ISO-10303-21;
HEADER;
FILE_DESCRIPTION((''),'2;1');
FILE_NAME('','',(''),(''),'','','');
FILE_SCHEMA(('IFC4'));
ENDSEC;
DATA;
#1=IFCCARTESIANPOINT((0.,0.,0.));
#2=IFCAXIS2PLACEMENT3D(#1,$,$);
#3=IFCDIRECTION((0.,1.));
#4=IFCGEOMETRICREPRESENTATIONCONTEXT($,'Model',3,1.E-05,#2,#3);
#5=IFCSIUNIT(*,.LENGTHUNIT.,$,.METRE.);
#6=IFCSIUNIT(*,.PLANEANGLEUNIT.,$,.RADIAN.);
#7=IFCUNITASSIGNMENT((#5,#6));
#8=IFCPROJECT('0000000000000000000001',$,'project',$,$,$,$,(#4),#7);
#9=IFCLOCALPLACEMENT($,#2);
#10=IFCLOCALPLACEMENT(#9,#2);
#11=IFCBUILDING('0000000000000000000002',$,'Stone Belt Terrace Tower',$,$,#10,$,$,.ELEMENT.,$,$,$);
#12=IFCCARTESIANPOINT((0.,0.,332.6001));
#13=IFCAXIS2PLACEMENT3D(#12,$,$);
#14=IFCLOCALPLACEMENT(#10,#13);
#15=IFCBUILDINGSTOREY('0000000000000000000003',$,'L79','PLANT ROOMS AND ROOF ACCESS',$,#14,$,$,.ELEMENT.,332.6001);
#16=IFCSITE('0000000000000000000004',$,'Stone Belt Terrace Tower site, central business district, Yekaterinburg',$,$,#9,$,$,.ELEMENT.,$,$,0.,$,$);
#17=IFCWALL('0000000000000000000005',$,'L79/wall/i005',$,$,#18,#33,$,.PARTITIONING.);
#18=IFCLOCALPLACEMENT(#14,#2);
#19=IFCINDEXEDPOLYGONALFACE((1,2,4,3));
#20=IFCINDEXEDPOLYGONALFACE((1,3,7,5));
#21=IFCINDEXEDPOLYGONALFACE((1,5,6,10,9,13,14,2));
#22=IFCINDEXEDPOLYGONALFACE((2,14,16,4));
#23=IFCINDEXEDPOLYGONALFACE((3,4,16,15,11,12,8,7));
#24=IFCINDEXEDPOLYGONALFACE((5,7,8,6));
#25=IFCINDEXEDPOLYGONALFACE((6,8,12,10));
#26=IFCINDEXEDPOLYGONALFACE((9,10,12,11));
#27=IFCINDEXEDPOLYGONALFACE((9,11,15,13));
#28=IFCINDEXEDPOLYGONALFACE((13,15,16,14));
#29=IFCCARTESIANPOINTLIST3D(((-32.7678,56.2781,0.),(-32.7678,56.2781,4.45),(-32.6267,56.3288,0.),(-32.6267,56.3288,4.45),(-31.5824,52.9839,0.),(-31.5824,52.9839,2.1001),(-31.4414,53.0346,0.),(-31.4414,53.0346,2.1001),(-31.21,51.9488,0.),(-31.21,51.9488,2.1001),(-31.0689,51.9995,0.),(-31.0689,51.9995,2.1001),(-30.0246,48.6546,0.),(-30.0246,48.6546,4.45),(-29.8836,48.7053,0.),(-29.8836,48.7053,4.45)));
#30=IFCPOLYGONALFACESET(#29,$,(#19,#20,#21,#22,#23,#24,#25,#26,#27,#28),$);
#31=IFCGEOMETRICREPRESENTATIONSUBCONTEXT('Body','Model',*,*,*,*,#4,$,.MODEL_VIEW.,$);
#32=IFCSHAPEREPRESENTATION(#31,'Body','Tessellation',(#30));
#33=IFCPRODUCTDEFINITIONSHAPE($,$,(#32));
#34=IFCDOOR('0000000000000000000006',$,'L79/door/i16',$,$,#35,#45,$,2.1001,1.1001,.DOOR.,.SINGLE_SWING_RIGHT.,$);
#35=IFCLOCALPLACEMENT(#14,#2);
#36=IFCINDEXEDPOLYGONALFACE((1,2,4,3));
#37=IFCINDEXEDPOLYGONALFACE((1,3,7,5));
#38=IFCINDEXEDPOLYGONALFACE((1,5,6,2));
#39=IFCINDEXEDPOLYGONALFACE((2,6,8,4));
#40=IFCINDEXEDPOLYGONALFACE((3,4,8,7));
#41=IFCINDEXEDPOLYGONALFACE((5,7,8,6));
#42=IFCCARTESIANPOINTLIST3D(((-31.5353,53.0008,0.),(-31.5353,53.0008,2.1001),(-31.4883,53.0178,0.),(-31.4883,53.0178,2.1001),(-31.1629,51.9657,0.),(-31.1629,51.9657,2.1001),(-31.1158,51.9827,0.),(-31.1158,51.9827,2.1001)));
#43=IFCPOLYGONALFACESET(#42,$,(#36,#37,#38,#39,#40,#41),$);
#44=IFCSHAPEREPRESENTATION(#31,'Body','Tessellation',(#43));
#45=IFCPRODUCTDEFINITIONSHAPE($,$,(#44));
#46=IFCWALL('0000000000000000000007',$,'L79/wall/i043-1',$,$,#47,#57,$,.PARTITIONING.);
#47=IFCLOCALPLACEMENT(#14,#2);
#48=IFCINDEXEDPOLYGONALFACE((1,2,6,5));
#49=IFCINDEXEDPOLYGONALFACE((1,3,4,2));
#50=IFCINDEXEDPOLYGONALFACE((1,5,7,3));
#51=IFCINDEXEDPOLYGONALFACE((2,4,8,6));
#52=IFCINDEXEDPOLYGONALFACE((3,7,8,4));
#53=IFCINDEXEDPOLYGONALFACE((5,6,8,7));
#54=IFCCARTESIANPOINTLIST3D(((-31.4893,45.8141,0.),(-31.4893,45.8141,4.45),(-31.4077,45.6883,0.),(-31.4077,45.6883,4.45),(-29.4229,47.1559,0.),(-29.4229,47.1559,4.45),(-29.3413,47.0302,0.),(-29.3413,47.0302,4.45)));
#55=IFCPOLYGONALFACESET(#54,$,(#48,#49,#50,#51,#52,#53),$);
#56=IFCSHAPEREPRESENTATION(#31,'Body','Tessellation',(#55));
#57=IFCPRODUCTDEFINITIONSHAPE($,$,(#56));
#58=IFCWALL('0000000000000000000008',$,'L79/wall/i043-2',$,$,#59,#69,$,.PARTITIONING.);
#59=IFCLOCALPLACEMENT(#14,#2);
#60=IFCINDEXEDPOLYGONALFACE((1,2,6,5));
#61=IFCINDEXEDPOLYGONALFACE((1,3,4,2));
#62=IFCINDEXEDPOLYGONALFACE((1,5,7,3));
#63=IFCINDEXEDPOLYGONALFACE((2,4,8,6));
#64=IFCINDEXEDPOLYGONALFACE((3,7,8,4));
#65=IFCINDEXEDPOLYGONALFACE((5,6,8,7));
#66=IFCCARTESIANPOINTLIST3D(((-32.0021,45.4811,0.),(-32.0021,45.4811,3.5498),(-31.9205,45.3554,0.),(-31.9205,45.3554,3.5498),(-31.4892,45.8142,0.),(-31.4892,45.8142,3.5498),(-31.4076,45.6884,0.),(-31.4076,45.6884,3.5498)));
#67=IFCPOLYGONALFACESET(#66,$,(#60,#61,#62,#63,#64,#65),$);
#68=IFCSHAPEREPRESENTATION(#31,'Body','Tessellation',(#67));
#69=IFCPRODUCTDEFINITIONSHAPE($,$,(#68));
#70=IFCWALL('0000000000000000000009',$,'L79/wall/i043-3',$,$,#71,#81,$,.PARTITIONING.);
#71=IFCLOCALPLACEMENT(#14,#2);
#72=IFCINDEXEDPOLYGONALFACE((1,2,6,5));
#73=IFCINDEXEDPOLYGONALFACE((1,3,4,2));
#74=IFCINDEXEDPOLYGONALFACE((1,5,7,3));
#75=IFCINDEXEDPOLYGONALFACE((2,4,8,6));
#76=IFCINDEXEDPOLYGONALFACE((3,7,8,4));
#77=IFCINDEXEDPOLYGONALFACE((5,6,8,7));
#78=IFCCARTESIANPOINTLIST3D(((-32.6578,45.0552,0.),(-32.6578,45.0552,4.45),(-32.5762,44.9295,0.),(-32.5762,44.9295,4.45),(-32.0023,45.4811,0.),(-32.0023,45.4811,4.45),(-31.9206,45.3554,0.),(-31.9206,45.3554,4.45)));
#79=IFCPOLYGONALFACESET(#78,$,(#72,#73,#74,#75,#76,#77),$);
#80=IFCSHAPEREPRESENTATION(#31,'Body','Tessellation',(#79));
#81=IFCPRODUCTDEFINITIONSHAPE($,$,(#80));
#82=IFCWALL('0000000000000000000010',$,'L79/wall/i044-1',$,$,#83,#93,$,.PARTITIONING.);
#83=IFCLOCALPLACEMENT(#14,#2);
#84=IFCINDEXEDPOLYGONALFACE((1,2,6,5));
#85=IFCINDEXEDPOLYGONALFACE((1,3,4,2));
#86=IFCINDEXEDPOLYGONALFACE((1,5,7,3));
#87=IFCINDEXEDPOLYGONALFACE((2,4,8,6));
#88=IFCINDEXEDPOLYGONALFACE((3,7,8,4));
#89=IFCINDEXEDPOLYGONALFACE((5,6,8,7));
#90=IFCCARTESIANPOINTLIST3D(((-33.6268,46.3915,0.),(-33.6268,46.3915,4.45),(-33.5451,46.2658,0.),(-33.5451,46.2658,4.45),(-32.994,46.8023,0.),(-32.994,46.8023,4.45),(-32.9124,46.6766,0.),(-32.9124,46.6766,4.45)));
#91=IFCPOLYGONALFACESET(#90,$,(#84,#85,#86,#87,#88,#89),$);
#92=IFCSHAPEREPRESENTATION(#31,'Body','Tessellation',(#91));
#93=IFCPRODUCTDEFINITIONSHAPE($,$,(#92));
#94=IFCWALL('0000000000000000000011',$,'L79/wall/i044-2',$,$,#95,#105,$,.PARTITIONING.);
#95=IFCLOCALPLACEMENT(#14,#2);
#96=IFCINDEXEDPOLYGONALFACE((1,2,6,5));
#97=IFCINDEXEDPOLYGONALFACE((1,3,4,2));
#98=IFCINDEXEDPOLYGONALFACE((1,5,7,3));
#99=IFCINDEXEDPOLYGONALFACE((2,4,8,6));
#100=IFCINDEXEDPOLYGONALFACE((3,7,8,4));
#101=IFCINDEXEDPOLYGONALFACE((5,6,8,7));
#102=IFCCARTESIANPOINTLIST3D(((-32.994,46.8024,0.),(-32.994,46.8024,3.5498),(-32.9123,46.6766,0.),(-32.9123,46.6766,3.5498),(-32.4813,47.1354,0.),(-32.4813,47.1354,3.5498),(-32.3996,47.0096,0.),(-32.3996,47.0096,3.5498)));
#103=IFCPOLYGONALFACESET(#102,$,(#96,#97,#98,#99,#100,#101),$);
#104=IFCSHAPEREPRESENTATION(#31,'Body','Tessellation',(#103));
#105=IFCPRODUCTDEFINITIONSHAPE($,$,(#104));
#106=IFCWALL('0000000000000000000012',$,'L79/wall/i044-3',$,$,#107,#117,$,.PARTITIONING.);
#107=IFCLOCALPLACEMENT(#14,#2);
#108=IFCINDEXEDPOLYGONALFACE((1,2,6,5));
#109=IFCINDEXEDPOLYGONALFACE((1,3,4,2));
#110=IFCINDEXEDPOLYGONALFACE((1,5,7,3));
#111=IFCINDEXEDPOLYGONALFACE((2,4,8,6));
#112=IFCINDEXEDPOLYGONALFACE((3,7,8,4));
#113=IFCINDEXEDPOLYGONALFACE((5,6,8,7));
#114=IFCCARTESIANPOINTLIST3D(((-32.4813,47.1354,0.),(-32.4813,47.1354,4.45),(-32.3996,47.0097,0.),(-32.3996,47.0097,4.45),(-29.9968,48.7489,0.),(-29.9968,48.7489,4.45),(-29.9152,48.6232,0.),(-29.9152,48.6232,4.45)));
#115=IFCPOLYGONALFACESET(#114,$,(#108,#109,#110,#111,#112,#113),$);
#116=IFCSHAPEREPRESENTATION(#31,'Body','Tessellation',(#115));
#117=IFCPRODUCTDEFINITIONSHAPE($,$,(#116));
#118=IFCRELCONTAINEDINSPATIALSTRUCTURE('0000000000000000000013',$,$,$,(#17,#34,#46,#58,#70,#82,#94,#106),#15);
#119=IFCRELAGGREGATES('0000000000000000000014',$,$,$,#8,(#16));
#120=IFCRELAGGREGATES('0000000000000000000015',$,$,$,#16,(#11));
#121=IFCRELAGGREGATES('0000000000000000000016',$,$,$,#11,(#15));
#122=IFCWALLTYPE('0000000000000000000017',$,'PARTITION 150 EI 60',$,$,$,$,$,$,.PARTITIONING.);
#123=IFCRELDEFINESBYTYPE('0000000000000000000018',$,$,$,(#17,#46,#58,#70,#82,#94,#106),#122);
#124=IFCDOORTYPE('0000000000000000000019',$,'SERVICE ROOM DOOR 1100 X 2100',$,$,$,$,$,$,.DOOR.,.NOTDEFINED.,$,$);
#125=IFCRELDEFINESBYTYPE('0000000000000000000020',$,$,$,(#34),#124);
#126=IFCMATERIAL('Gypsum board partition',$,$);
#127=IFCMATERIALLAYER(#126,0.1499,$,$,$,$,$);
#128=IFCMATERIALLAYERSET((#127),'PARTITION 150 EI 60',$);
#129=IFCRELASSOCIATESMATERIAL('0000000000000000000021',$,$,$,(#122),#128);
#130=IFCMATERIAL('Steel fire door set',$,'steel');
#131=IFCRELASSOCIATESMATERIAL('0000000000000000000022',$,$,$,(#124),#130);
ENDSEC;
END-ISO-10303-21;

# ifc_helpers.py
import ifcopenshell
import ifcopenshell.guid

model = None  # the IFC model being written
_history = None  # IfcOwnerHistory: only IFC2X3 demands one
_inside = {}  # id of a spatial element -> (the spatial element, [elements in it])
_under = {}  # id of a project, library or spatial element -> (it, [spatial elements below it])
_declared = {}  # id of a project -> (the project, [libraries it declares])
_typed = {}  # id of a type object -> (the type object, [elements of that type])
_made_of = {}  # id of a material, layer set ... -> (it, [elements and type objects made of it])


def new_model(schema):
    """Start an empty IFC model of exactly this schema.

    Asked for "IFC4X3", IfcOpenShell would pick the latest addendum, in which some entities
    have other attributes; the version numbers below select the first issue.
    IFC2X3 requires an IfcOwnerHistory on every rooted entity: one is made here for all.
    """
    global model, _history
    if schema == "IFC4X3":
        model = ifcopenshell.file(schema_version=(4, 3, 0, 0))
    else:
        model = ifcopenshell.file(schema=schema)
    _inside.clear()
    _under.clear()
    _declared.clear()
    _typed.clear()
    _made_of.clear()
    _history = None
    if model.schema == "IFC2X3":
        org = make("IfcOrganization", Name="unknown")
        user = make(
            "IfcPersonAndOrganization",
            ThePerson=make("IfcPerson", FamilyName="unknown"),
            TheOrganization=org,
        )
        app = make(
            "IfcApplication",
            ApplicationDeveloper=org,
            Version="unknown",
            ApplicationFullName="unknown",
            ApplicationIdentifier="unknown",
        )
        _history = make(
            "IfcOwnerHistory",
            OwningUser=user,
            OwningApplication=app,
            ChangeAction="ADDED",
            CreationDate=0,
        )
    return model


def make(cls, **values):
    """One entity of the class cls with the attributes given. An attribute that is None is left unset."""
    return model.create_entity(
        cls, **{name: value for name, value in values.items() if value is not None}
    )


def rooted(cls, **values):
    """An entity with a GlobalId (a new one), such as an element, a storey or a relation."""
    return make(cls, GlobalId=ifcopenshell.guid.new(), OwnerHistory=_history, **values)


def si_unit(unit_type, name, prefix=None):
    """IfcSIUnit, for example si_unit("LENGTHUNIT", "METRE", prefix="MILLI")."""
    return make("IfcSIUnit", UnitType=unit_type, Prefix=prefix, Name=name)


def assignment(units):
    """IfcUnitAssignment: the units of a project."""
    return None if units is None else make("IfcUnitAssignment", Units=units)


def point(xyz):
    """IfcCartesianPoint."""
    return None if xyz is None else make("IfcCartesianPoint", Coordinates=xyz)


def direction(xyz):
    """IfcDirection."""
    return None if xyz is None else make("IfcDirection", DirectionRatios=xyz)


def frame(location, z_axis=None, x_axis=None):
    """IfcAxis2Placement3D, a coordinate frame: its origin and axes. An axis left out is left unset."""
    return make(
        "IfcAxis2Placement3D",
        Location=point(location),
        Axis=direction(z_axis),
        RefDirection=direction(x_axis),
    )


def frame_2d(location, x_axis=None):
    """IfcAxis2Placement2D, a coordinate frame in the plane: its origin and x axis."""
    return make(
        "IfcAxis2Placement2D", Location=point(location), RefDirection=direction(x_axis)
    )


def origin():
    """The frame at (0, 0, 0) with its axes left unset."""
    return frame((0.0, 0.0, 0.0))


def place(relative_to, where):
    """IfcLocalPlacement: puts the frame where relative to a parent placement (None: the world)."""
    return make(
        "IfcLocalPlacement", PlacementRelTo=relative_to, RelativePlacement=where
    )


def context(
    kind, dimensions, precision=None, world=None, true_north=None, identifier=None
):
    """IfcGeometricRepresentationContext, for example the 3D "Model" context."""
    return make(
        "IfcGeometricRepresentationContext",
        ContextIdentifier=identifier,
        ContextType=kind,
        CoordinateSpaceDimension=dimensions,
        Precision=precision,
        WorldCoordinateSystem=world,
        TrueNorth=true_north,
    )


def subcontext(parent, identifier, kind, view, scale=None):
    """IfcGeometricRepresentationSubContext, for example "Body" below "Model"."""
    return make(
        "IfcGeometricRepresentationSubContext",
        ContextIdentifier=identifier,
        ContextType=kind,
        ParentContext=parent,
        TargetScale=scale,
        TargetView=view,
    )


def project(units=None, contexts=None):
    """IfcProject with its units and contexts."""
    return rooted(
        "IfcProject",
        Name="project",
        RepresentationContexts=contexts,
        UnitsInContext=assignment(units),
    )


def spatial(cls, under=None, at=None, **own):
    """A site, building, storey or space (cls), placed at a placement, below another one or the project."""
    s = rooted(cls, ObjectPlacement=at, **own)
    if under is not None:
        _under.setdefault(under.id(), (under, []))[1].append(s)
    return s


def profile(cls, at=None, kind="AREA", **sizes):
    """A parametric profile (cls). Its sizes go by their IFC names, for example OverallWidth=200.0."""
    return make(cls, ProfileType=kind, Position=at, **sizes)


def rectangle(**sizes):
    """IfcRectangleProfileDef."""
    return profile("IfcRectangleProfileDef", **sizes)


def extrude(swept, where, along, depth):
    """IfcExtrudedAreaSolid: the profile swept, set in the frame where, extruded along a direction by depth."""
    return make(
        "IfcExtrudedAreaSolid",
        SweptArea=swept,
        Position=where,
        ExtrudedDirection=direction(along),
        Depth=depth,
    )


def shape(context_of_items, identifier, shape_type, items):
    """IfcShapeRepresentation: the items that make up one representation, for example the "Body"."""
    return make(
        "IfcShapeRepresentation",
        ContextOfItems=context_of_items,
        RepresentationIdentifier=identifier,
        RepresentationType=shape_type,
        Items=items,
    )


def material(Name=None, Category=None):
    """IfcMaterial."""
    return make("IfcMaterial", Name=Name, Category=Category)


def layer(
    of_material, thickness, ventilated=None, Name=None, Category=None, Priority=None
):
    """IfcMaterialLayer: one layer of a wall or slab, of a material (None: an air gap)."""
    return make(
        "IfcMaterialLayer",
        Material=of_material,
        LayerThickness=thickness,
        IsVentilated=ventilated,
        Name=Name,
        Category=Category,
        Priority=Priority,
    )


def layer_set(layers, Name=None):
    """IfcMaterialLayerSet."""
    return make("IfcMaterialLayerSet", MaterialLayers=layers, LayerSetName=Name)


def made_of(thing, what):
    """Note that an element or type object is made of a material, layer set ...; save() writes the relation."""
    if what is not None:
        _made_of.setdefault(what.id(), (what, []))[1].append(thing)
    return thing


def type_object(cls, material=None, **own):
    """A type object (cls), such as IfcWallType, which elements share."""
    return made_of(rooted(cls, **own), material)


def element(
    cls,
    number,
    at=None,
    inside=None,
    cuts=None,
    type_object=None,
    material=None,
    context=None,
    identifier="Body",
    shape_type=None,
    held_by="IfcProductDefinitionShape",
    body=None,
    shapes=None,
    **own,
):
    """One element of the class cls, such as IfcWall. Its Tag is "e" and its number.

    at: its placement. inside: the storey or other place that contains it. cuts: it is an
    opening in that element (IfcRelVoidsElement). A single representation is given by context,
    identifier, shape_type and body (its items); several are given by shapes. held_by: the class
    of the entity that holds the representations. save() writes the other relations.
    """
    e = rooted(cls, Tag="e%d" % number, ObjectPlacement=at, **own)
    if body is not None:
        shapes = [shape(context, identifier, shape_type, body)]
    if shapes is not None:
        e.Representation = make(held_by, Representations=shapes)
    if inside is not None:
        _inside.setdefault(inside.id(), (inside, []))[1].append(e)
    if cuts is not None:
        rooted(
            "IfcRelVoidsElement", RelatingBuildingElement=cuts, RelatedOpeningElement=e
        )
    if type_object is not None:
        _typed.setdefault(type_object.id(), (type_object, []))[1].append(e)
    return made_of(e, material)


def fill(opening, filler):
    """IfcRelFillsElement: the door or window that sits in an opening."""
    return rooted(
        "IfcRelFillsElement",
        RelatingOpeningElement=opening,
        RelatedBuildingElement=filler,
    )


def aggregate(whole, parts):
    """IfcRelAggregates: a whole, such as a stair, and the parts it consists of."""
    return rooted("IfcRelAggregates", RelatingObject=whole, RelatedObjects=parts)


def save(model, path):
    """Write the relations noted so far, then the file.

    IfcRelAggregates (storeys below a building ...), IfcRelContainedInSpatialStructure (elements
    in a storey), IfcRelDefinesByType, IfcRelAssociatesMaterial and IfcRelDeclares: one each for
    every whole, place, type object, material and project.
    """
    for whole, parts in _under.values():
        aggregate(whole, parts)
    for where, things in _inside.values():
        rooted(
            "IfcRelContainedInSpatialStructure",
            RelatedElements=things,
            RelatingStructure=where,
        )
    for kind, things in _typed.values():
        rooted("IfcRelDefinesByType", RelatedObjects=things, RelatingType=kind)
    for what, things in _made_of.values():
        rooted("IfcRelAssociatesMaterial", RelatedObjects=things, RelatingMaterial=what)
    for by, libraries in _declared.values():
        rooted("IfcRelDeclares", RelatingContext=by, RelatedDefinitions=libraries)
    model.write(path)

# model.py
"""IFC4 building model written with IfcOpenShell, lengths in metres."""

from ifc_helpers import new_model, si_unit, direction, frame, frame_2d, origin, place, context, subcontext, project, spatial, rectangle, extrude, material, layer, layer_set, type_object, element, fill, save


model = new_model("IFC4")

# Units and contexts
model_context = context("Model", 3, precision=1e-05, world=origin(), true_north=direction((0.0, 1.0)))
body_context = subcontext(model_context, "Body", "Model", "MODEL_VIEW")
ifc_project = project(units=[si_unit("LENGTHUNIT", "METRE"), si_unit("PLANEANGLEUNIT", "RADIAN")], contexts=[model_context])

# Site, building, storey
site_placement = place(None, origin())
site = spatial("IfcSite", under=ifc_project, at=site_placement, Name="Stone Belt Terrace Tower site, central business district, Yekaterinburg", CompositionType="ELEMENT", RefElevation=0.0)
building_placement = place(site_placement, origin())
building = spatial("IfcBuilding", under=site, at=building_placement, Name="Stone Belt Terrace Tower", CompositionType="ELEMENT")
storey_placement = place(building_placement, frame((0.0, 0.0, 332.6001)))
storey = spatial("IfcBuildingStorey", under=building, at=storey_placement, Name="L79", Description="PLANT ROOMS AND ROOF ACCESS", CompositionType="ELEMENT", Elevation=332.6001)

# Wall, opening, door
ifc_material_1 = material(Name="Gypsum board partition")
ifc_layer_1 = layer(ifc_material_1, 0.1499)
ifc_layer_set_1 = layer_set([ifc_layer_1], Name="PARTITION 150 EI 60")
wall_type = type_object("IfcWallType", Name="PARTITION 150 EI 60", PredefinedType="PARTITIONING", material=ifc_layer_set_1)
wall_1_placement = place(storey_placement, frame((-29.9541, 48.6799, 0.0), z_axis=(0.0, 0.0, 1.0), x_axis=(-0.338576, 0.940939, 0.0)))
wall_1 = element("IfcWall", 1, at=wall_1_placement, inside=storey, type_object=wall_type, Name="L79/wall/i005", PredefinedType="PARTITIONING", context=body_context, shape_type="SweptSolid", body=[
    extrude(rectangle(XDim=8.1021, YDim=0.1499, at=frame_2d((4.051, 0.0))), origin(), (0.0, 0.0, 1.0), 4.45),
])
opening_placement = place(wall_1_placement, frame((3.501, 0.0, 0.0)))
opening = element("IfcOpeningElement", 2, at=opening_placement, cuts=wall_1, PredefinedType="OPENING", context=body_context, shape_type="SweptSolid", body=[
    extrude(rectangle(XDim=1.1001, YDim=2.1001, at=frame_2d((0.55, 1.05))), frame((0.0, 0.085, 0.0), z_axis=(0.0, -1.0, 0.0), x_axis=(1.0, 0.0, 0.0)), (0.0, 0.0, 1.0), 0.1699),
])
ifc_material_2 = material(Name="Steel fire door set", Category="steel")
door_type = type_object("IfcDoorType", Name="SERVICE ROOM DOOR 1100 X 2100", OperationType="NOTDEFINED", PredefinedType="DOOR", material=ifc_material_2)
door_placement = place(opening_placement, origin())
door = element("IfcDoor", 3, at=door_placement, inside=storey, type_object=door_type, Name="L79/door/i16", OperationType="SINGLE_SWING_RIGHT", OverallHeight=2.1001, OverallWidth=1.1001, PredefinedType="DOOR", context=body_context, shape_type="SweptSolid", body=[
    extrude(rectangle(XDim=1.1001, YDim=2.1001, at=frame_2d((0.55, 1.05))), frame((0.0, 0.0249, 0.0), z_axis=(0.0, -1.0, 0.0), x_axis=(1.0, 0.0, 0.0)), (0.0, 0.0, 1.0), 0.05),
])
fill(opening, door)

# Walls
wall_2_placement = place(storey_placement, frame((-29.3821, 47.093, 0.0), z_axis=(0.0, 0.0, 1.0), x_axis=(-0.838697, -0.544598, 0.0)))
element("IfcWall", 4, at=wall_2_placement, inside=storey, type_object=wall_type, Name="L79/wall/i043-1", PredefinedType="PARTITIONING", context=body_context, shape_type="SweptSolid", body=[
    extrude(rectangle(XDim=2.4639, YDim=0.1499, at=frame_2d((1.2319, 0.0))), origin(), (0.0, 0.0, 1.0), 4.45),
])
wall_3_placement = place(storey_placement, frame((-31.4485, 45.7512, 0.0), z_axis=(0.0, 0.0, 1.0), x_axis=(-0.838744, -0.544525, 0.0)))
element("IfcWall", 5, at=wall_3_placement, inside=storey, type_object=wall_type, Name="L79/wall/i043-2", PredefinedType="PARTITIONING", context=body_context, shape_type="SweptSolid", body=[
    extrude(rectangle(XDim=0.6116, YDim=0.1499, at=frame_2d((0.3057, 0.0))), origin(), (0.0, 0.0, 1.0), 3.5498),
])
wall_4_placement = place(storey_placement, frame((-31.9614, 45.4182, 0.0), z_axis=(0.0, 0.0, 1.0), x_axis=(-0.838622, -0.544714, 0.0)))
element("IfcWall", 6, at=wall_4_placement, inside=storey, type_object=wall_type, Name="L79/wall/i043-3", PredefinedType="PARTITIONING", context=body_context, shape_type="SweptSolid", body=[
    extrude(rectangle(XDim=0.7817, YDim=0.1499, at=frame_2d((0.3909, 0.0))), origin(), (0.0, 0.0, 1.0), 4.45),
])
wall_5_placement = place(storey_placement, frame((-33.5859, 46.3286, 0.0), z_axis=(0.0, 0.0, 1.0), x_axis=(0.83871, 0.544579, 0.0)))
element("IfcWall", 7, at=wall_5_placement, inside=storey, type_object=wall_type, Name="L79/wall/i044-1", PredefinedType="PARTITIONING", context=body_context, shape_type="SweptSolid", body=[
    extrude(rectangle(XDim=0.7544, YDim=0.1499, at=frame_2d((0.3772, 0.0))), origin(), (0.0, 0.0, 1.0), 4.45),
])
wall_6_placement = place(storey_placement, frame((-32.9531, 46.7395, 0.0), z_axis=(0.0, 0.0, 1.0), x_axis=(0.838626, 0.544708, 0.0)))
element("IfcWall", 8, at=wall_6_placement, inside=storey, type_object=wall_type, Name="L79/wall/i044-2", PredefinedType="PARTITIONING", context=body_context, shape_type="SweptSolid", body=[
    extrude(rectangle(XDim=0.6113, YDim=0.1499, at=frame_2d((0.3057, 0.0))), origin(), (0.0, 0.0, 1.0), 3.5498),
])
wall_7_placement = place(storey_placement, frame((-32.4404, 47.0725, 0.0), z_axis=(0.0, 0.0, 1.0), x_axis=(0.838647, 0.544675, 0.0)))
element("IfcWall", 9, at=wall_7_placement, inside=storey, type_object=wall_type, Name="L79/wall/i044-3", PredefinedType="PARTITIONING", context=body_context, shape_type="SweptSolid", body=[
    extrude(rectangle(XDim=2.9624, YDim=0.1499, at=frame_2d((1.4812, 0.0))), origin(), (0.0, 0.0, 1.0), 4.45),
])

save(model, "model.ifc")
